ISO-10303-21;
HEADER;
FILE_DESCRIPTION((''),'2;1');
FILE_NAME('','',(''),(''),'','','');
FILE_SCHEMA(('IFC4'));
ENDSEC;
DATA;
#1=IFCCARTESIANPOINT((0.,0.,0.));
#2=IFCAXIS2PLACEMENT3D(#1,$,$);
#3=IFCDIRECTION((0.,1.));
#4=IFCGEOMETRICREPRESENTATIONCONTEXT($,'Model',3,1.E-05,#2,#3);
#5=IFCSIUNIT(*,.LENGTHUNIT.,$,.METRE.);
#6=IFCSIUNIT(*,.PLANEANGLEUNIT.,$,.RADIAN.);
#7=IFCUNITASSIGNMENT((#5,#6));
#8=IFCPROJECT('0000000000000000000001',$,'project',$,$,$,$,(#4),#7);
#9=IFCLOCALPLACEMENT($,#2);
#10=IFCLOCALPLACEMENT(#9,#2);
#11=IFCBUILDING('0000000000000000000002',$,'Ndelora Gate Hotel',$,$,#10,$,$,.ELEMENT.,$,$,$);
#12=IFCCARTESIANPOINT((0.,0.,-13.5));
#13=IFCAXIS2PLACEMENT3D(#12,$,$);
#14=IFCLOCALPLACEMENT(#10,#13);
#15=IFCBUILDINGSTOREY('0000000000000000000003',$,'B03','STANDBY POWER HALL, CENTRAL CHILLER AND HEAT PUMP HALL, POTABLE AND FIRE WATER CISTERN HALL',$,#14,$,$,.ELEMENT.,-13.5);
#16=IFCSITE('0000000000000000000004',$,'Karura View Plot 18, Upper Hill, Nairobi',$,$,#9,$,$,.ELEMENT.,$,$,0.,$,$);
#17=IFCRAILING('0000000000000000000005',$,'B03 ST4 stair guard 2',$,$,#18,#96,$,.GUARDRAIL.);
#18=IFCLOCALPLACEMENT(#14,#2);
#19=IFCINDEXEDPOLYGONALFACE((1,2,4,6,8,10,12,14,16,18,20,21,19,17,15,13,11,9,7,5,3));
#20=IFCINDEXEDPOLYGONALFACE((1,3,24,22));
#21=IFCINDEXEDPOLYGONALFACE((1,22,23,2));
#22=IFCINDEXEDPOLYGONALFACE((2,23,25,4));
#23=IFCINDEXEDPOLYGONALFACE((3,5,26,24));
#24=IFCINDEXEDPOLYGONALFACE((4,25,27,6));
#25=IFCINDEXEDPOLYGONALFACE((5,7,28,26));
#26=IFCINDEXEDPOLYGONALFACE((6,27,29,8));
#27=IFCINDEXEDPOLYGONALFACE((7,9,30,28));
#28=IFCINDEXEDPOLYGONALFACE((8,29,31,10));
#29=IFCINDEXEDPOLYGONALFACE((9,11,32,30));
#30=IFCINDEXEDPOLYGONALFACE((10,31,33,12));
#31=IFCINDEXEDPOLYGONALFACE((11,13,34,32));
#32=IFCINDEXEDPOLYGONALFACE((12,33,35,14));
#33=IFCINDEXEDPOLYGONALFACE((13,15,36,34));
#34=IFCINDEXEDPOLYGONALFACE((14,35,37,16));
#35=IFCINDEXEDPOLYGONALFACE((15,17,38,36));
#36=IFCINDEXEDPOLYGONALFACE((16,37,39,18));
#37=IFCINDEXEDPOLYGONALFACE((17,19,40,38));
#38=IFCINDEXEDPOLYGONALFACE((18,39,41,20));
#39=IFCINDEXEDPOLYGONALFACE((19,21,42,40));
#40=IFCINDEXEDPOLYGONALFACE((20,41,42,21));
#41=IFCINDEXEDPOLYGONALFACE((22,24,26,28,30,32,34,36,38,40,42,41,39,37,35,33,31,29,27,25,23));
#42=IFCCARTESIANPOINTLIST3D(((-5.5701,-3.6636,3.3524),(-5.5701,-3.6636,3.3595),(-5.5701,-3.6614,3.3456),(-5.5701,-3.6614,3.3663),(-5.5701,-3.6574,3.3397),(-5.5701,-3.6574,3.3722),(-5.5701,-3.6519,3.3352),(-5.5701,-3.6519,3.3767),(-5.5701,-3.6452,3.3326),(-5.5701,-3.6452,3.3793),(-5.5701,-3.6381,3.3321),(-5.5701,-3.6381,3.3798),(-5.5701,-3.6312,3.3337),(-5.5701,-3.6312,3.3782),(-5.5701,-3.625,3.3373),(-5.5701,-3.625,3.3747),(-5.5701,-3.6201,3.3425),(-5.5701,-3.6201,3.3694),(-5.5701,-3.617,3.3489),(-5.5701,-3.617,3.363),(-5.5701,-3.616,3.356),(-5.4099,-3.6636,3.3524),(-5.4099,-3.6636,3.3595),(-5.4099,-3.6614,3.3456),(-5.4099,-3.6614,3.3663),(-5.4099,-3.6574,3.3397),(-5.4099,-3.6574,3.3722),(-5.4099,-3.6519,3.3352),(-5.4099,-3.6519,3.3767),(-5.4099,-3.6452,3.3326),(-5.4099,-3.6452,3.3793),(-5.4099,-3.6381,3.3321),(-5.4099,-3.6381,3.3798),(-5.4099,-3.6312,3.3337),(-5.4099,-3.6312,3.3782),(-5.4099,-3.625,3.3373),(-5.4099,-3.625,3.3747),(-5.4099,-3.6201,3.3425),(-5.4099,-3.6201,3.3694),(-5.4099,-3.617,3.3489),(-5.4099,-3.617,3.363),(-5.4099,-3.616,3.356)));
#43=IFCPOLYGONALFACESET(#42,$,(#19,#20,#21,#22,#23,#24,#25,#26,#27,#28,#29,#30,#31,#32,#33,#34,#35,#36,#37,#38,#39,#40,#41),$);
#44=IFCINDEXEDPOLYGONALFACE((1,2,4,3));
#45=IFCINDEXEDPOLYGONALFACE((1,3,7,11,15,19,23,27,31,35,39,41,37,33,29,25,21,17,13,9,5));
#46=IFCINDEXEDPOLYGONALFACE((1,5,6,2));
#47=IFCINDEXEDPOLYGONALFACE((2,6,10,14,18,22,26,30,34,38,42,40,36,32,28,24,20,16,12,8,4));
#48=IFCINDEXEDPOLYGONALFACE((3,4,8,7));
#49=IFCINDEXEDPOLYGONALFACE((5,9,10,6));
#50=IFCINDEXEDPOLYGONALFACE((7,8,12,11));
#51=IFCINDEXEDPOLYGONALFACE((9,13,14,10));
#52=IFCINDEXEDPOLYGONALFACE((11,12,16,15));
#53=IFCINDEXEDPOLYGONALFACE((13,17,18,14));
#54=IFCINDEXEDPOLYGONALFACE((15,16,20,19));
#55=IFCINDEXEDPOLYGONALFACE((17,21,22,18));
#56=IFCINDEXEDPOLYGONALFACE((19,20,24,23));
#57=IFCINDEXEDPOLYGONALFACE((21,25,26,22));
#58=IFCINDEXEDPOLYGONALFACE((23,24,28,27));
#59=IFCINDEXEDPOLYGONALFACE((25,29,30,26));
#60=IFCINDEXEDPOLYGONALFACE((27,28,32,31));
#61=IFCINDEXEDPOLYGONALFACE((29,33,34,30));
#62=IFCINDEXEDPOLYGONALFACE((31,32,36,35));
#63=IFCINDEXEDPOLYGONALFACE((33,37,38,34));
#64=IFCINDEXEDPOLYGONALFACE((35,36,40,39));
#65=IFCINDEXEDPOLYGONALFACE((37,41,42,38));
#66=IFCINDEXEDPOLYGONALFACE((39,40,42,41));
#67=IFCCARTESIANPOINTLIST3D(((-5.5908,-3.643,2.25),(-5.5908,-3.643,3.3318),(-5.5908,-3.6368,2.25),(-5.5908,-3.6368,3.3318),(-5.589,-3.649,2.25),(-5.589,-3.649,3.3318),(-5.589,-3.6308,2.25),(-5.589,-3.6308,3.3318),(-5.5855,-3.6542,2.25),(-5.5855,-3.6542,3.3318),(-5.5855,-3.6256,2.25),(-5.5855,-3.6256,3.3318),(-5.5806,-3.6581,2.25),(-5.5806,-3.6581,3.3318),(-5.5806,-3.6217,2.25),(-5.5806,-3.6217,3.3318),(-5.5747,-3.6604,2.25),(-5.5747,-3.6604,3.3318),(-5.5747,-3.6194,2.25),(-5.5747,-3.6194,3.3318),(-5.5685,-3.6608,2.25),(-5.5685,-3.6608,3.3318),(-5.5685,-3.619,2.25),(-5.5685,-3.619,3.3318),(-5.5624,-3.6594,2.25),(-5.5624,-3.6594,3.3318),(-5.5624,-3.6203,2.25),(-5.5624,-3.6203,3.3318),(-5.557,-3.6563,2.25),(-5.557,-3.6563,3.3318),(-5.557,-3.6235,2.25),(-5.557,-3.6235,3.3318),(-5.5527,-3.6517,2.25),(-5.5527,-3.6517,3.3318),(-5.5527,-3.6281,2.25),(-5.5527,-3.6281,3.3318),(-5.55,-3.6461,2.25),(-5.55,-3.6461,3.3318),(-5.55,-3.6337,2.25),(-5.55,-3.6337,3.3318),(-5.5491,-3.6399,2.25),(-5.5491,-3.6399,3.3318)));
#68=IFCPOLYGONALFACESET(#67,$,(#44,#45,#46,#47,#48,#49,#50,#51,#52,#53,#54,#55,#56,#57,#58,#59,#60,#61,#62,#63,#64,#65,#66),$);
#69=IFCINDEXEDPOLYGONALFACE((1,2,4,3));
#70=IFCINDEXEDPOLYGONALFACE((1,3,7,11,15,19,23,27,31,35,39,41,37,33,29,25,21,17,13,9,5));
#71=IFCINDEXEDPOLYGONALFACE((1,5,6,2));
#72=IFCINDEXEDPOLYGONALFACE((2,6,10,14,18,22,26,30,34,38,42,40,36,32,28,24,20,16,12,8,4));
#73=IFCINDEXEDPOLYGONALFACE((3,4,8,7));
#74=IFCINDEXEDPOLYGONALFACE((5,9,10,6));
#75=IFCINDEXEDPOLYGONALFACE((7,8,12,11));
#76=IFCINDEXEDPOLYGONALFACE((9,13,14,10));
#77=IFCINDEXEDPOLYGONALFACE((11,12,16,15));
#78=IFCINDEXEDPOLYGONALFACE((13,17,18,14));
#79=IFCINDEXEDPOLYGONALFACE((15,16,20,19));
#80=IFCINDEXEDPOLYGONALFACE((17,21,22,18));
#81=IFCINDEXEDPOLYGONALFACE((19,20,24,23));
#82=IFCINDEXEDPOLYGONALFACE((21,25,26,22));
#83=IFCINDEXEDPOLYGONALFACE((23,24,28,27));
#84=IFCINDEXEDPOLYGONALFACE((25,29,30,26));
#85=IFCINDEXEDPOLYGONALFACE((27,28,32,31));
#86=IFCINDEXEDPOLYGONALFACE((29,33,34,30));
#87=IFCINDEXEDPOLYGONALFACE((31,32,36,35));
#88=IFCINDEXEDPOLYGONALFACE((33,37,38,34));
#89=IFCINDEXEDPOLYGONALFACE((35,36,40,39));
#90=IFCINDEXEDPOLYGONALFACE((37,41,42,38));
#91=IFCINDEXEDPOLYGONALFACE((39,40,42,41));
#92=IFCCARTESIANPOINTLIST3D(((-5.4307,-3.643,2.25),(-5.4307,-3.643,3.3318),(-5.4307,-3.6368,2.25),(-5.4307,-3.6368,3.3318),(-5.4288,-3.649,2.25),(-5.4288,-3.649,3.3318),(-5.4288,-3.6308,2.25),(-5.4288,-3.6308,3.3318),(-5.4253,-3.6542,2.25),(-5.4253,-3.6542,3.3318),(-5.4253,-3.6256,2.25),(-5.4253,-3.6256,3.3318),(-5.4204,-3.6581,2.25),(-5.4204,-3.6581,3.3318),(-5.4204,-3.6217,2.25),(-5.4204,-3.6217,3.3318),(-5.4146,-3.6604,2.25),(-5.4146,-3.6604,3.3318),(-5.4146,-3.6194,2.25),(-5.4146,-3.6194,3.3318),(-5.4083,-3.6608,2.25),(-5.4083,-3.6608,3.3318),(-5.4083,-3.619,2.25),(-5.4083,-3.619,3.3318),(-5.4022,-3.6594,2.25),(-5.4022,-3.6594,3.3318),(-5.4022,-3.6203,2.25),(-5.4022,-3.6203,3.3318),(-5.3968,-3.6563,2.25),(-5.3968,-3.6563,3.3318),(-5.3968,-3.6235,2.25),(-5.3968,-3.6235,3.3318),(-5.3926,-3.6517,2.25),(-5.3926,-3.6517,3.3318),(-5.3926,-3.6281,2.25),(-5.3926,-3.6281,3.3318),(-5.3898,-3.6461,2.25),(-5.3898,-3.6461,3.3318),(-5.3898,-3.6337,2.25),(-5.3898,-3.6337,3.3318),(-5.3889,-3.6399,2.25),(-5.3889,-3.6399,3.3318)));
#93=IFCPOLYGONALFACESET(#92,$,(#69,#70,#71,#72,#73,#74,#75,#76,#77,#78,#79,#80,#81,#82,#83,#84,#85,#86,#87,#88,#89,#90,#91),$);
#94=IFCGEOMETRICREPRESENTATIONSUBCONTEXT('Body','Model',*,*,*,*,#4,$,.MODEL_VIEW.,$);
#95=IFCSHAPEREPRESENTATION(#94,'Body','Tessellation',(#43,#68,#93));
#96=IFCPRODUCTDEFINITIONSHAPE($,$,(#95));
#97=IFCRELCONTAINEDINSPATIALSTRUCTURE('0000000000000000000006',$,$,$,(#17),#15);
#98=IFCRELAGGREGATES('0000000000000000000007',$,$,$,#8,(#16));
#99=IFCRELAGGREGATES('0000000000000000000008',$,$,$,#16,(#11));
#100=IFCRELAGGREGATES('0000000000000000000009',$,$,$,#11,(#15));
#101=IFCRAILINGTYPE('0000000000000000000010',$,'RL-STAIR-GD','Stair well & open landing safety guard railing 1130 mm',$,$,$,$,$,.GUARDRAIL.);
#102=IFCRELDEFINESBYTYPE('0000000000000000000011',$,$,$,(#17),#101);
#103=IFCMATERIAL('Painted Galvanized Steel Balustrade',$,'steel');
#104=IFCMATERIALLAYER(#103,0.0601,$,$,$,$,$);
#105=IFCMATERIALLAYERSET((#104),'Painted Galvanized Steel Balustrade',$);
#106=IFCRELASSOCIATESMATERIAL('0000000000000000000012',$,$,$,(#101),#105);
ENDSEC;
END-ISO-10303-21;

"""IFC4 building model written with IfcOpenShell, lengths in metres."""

from ifc_helpers import new_model, si_unit, direction, frame, origin, origin_2d, place, context, subcontext, project, spatial, circle, extrude, material, layer, layer_set, type_object, element, save


model = new_model("IFC4")

# Units and contexts
model_context = context("Model", 3, precision=1e-05, world=origin(), true_north=direction((0.0, 1.0)))
body_context = subcontext(model_context, "Body", "Model", "MODEL_VIEW")
ifc_project = project(units=[si_unit("LENGTHUNIT", "METRE"), si_unit("PLANEANGLEUNIT", "RADIAN")], contexts=[model_context])

# Site, building, storey
site_placement = place(None, origin())
site = spatial("IfcSite", under=ifc_project, at=site_placement, Name="Karura View Plot 18, Upper Hill, Nairobi", CompositionType="ELEMENT", RefElevation=0.0)
building_placement = place(site_placement, origin())
building = spatial("IfcBuilding", under=site, at=building_placement, Name="Ndelora Gate Hotel", CompositionType="ELEMENT")
storey_placement = place(building_placement, frame((0.0, 0.0, -13.5)))
storey = spatial("IfcBuildingStorey", under=building, at=storey_placement, Name="B03", Description="STANDBY POWER HALL, CENTRAL CHILLER AND HEAT PUMP HALL, POTABLE AND FIRE WATER CISTERN HALL", CompositionType="ELEMENT", Elevation=-13.5)

# Railing
ifc_material_1 = material(Name="Painted Galvanized Steel Balustrade", Category="steel")
ifc_layer_1 = layer(ifc_material_1, 0.0601)
ifc_layer_set_1 = layer_set([ifc_layer_1], Name="Painted Galvanized Steel Balustrade")
railing_type_1 = type_object("IfcRailingType", Name="RL-STAIR-GD", Description="Stair well & open landing safety guard railing 1130 mm", PredefinedType="GUARDRAIL", material=ifc_layer_set_1)
railing_1_placement = place(storey_placement, frame((-5.5701, -3.6399, 2.25)))
element("IfcRailing", 1, at=railing_1_placement, inside=storey, type_object=railing_type_1, Name="B03 ST4 stair guard 2", PredefinedType="GUARDRAIL", context=body_context, shape_type="SweptSolid", body=[
    extrude(circle(Radius=0.0239, at=origin_2d()), frame((0.0, 0.0, 1.106), z_axis=(1.0, 0.0, 0.0), x_axis=(0.0, 1.0, 0.0)), (0.0, 0.0, 1.0), 0.1602),
    extrude(circle(Radius=0.021, at=origin_2d()), origin(), (0.0, 0.0, 1.0), 1.0818),
    extrude(circle(Radius=0.021, at=origin_2d()), frame((0.1602, 0.0, 0.0)), (0.0, 0.0, 1.0), 1.0818),
])

save(model, "model.ifc")
